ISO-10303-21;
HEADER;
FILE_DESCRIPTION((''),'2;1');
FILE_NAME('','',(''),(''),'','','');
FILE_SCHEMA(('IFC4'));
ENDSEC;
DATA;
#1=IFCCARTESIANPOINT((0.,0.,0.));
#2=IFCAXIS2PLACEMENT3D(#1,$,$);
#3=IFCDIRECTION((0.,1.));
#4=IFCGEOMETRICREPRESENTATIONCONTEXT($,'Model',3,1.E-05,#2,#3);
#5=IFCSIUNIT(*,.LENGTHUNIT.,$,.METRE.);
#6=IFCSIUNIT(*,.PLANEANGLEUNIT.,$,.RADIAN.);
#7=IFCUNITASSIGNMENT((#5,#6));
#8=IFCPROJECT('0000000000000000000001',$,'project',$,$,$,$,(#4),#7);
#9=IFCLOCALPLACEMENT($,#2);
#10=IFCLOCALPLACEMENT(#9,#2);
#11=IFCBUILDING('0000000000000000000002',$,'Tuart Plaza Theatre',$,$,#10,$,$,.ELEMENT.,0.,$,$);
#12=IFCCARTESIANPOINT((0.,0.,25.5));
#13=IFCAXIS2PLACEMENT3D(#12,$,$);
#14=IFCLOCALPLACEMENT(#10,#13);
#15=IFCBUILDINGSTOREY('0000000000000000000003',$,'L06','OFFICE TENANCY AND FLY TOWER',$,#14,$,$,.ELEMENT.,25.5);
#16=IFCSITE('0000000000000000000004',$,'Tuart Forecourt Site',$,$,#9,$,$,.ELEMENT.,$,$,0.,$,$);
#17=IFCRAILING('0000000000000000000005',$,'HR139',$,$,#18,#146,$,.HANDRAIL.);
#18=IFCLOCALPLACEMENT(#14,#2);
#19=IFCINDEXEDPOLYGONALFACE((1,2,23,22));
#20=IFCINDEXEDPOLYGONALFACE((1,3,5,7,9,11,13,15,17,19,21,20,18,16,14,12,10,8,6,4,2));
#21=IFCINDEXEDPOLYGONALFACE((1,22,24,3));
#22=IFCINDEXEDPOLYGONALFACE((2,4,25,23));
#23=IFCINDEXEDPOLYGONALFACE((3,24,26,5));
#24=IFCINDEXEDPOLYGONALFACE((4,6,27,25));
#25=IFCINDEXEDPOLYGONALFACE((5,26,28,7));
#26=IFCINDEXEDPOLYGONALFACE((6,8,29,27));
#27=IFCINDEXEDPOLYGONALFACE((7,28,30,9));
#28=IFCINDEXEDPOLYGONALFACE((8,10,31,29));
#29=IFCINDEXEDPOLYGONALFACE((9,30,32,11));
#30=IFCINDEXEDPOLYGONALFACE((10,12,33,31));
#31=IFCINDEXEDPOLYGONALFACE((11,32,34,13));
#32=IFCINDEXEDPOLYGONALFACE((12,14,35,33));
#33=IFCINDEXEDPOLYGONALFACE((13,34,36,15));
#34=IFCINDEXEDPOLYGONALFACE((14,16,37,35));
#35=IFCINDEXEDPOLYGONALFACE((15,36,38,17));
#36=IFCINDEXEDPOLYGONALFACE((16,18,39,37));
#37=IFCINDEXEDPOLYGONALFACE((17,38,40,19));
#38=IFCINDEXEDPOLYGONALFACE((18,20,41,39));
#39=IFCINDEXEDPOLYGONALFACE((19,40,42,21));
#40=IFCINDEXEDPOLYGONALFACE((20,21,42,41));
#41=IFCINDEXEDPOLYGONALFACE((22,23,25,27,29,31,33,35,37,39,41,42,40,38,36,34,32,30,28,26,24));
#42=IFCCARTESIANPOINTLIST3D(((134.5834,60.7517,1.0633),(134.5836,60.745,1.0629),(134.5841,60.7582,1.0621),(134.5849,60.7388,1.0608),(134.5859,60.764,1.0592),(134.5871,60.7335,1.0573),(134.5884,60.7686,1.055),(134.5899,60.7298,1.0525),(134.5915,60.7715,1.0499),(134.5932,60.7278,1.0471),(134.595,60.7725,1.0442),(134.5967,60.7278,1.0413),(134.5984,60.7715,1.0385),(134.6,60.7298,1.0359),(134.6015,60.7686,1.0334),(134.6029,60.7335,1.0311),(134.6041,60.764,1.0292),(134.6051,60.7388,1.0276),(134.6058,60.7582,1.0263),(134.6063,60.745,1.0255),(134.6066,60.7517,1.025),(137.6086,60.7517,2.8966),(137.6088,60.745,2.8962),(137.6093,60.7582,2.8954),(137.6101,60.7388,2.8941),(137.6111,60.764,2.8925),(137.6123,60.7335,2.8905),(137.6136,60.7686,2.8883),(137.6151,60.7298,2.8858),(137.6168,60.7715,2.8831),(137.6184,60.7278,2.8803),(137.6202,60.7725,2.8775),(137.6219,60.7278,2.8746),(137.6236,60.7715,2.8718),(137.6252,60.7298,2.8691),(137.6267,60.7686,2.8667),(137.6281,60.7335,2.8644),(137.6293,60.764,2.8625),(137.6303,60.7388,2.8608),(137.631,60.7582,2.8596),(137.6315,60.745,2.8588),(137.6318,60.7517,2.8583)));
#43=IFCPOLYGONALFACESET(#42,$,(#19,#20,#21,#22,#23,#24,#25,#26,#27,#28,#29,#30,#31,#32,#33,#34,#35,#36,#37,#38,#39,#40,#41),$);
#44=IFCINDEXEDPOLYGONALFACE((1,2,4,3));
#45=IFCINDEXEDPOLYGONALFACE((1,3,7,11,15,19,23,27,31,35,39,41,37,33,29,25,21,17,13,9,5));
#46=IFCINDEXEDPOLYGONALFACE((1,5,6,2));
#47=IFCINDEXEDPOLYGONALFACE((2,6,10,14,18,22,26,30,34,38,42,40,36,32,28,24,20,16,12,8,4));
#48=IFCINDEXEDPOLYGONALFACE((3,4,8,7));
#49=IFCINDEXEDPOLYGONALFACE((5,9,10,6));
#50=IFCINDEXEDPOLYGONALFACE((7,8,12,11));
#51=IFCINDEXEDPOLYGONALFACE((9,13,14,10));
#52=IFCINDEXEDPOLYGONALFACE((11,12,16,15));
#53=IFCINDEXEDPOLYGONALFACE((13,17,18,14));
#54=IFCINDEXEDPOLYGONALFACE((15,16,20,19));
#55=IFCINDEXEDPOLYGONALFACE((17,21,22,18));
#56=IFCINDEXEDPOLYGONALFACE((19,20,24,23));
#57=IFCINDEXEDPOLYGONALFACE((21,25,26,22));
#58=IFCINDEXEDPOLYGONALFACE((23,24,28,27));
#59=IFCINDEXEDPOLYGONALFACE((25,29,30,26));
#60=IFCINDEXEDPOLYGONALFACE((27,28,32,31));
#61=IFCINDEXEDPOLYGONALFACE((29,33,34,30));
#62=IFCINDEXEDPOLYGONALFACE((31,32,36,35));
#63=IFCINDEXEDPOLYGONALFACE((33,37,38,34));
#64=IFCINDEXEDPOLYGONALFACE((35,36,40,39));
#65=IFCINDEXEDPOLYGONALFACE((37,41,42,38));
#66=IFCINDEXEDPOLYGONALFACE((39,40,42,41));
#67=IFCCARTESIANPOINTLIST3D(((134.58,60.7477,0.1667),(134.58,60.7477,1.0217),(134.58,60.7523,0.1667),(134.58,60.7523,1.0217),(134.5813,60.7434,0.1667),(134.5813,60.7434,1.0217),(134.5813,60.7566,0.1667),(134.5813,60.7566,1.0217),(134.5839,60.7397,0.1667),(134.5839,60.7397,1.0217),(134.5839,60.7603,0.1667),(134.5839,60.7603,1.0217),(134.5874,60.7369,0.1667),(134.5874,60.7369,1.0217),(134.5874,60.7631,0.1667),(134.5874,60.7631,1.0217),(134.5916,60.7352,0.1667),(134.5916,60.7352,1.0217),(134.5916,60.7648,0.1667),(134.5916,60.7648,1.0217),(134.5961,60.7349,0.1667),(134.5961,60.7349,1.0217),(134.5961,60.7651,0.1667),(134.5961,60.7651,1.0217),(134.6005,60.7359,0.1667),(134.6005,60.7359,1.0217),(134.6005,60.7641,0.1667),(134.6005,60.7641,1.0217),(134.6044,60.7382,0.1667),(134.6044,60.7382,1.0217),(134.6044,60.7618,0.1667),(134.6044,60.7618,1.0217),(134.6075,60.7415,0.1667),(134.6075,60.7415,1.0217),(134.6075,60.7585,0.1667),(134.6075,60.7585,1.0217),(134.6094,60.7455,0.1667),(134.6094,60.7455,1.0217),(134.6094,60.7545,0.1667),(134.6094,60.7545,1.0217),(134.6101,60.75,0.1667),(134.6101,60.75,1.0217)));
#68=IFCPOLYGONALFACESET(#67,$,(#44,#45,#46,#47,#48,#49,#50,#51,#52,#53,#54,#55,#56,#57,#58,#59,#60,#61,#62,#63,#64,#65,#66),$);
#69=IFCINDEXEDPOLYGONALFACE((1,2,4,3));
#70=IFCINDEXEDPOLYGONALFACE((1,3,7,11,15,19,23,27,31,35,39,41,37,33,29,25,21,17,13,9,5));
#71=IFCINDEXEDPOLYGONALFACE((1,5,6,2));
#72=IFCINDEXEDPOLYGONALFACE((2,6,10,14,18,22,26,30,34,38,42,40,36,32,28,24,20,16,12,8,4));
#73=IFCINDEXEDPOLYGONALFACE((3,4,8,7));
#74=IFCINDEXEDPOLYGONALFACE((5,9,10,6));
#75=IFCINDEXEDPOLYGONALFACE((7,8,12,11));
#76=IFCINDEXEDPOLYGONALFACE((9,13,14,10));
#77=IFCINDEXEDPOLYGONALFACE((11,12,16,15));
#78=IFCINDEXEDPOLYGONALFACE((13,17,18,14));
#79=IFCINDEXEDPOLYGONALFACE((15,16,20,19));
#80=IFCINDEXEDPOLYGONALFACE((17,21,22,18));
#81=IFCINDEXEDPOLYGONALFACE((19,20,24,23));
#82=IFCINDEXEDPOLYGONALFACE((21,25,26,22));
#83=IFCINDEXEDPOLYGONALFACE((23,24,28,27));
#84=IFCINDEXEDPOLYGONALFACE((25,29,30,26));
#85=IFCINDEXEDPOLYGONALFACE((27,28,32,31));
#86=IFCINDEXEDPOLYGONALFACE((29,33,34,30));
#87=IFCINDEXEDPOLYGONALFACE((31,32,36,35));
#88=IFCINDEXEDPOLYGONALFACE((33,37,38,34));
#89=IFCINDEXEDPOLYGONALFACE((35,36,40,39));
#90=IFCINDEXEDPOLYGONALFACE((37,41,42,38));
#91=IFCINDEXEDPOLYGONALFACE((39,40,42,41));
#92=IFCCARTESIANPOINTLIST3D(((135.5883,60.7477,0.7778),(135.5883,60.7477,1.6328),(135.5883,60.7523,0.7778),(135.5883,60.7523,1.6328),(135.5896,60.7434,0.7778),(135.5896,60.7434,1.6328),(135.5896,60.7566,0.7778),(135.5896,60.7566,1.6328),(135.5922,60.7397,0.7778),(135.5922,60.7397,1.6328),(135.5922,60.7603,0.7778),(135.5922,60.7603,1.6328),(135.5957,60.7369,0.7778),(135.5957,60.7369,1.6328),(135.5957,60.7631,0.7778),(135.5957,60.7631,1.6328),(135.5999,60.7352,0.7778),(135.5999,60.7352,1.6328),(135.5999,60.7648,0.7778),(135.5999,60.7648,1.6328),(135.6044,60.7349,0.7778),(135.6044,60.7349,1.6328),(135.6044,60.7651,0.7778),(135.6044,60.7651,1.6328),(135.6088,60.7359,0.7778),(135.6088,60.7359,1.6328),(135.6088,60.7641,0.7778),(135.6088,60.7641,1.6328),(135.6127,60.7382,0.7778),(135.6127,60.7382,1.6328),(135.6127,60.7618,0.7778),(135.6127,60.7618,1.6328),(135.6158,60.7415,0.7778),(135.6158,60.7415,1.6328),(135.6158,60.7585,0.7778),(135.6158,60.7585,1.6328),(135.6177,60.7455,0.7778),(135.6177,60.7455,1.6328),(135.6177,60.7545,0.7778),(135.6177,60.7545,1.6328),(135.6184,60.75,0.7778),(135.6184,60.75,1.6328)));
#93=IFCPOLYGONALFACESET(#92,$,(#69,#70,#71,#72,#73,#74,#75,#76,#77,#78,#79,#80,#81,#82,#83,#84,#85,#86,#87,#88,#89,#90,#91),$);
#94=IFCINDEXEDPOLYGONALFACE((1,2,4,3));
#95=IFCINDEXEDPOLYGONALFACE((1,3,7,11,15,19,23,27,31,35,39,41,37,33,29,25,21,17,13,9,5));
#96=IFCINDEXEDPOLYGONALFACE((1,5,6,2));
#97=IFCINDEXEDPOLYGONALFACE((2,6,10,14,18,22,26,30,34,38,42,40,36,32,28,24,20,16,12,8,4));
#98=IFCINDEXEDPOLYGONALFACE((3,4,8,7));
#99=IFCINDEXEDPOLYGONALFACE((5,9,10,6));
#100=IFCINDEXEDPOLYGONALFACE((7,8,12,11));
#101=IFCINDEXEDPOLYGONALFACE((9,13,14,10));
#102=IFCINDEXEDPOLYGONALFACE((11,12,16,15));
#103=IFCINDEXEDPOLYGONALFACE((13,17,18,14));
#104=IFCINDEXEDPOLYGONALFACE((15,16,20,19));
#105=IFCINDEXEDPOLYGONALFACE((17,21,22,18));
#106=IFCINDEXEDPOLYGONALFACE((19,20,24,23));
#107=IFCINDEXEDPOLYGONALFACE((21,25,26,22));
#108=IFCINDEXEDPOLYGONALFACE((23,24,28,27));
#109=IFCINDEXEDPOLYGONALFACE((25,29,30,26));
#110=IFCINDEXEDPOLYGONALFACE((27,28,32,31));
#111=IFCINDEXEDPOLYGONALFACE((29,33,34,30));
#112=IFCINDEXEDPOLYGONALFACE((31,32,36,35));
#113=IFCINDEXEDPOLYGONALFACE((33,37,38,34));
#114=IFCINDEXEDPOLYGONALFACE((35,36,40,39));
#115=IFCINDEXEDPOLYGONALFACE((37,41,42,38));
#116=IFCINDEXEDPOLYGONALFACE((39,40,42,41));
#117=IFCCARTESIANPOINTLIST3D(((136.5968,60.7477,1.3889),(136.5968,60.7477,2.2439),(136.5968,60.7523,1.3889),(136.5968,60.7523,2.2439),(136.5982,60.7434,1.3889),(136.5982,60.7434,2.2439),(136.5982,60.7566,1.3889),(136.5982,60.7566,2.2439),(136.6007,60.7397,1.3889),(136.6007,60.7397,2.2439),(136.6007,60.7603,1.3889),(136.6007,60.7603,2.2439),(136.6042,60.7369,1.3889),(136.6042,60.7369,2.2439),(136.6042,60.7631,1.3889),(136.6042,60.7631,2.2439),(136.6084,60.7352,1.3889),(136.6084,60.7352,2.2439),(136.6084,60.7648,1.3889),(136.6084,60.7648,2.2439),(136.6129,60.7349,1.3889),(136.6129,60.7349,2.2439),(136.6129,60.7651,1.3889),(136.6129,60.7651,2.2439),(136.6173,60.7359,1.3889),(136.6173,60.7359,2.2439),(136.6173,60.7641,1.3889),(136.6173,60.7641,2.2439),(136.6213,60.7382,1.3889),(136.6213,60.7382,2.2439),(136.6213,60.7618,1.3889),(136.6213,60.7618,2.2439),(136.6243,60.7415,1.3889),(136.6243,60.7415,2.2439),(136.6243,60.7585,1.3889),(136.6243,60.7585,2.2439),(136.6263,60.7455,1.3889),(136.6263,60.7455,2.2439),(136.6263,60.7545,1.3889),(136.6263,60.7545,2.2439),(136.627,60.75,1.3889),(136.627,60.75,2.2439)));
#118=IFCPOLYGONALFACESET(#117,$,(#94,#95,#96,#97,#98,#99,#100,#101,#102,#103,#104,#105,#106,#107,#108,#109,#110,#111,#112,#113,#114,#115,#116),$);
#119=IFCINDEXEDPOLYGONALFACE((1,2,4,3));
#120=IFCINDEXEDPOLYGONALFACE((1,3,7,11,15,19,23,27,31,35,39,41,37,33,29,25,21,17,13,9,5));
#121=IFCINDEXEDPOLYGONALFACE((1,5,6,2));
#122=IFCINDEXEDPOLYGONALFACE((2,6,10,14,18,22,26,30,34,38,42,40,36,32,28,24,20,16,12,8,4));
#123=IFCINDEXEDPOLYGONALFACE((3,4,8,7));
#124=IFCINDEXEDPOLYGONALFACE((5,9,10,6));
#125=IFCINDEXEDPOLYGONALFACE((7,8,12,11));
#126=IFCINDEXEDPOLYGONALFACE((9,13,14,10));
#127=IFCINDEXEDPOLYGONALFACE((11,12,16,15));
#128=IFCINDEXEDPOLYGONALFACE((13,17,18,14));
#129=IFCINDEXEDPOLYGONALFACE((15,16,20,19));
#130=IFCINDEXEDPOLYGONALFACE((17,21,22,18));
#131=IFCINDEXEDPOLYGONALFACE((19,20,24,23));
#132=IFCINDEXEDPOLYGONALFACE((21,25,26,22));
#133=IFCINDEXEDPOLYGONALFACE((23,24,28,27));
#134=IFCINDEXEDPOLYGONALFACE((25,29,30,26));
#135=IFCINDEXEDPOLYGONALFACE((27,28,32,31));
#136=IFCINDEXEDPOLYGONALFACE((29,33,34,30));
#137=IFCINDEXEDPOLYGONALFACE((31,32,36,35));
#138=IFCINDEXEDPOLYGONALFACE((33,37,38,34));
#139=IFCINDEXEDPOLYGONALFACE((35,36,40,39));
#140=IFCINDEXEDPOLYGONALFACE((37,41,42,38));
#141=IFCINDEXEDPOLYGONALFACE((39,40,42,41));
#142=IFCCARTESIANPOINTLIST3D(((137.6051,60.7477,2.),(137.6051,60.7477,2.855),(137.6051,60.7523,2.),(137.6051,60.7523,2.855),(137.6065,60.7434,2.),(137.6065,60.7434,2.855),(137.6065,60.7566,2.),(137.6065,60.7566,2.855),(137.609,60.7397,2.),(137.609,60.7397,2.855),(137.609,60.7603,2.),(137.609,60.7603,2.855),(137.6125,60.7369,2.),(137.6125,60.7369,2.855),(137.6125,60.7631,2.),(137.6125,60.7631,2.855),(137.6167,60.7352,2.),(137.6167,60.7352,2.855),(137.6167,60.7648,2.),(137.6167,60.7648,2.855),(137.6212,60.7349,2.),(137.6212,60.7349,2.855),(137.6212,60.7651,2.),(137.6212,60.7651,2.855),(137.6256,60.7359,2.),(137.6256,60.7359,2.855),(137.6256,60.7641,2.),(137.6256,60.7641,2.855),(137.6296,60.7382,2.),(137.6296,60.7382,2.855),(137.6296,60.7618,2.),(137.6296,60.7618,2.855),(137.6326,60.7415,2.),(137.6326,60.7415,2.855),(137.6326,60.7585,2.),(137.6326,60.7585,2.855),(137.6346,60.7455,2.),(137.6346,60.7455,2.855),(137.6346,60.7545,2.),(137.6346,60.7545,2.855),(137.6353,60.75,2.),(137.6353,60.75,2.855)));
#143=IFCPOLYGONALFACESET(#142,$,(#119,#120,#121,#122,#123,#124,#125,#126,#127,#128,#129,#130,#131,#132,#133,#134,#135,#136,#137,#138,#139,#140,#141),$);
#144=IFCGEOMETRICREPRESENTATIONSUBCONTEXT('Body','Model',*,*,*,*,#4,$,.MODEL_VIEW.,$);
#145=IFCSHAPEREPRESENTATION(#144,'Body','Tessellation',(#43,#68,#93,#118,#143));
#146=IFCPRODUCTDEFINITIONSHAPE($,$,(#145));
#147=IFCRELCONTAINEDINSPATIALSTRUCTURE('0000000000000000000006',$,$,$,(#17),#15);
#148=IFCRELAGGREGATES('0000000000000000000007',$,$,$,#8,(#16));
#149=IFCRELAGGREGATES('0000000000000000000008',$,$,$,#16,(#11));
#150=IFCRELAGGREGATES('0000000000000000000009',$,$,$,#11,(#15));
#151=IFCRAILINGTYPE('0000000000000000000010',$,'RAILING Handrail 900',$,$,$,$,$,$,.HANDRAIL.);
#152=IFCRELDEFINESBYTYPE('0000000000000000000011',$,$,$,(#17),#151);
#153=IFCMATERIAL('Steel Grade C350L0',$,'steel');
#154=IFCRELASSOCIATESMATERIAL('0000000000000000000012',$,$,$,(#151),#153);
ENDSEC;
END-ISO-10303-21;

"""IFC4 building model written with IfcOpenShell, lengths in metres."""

from ifc_helpers import new_model, si_unit, direction, frame, origin, origin_2d, place, context, subcontext, project, spatial, circle, extrude, material, type_object, element, save


model = new_model("IFC4")

# Units and contexts
model_context = context("Model", 3, precision=1e-05, world=origin(), true_north=direction((0.0, 1.0)))
body_context = subcontext(model_context, "Body", "Model", "MODEL_VIEW")
ifc_project = project(units=[si_unit("LENGTHUNIT", "METRE"), si_unit("PLANEANGLEUNIT", "RADIAN")], contexts=[model_context])

# Site, building, storey
site_placement = place(None, origin())
site = spatial("IfcSite", under=ifc_project, at=site_placement, Name="Tuart Forecourt Site", CompositionType="ELEMENT", RefElevation=0.0)
building_placement = place(site_placement, origin())
building = spatial("IfcBuilding", under=site, at=building_placement, Name="Tuart Plaza Theatre", CompositionType="ELEMENT", ElevationOfRefHeight=0.0)
storey_placement = place(building_placement, frame((0.0, 0.0, 25.5)))
storey = spatial("IfcBuildingStorey", under=building, at=storey_placement, Name="L06", Description="OFFICE TENANCY AND FLY TOWER", CompositionType="ELEMENT", Elevation=25.5)

# Railing
ifc_material_1 = material(Name="Steel Grade C350L0", Category="steel")
railing_type_1 = type_object("IfcRailingType", Name="RAILING Handrail 900", PredefinedType="HANDRAIL", material=ifc_material_1)
for number, where, name in (
    (1, (134.595, 60.75, 0.1667), "HR139"),
):
    element("IfcRailing", number, at=place(storey_placement, frame(where)), inside=storey, type_object=railing_type_1, Name=name, PredefinedType="HANDRAIL", context=body_context, shape_type="SweptSolid", body=[
        extrude(circle(Radius=0.0225, at=origin_2d()), frame((0.0, 0.0, 0.8774), z_axis=(0.855219, 0.0, 0.518267), x_axis=(0.0, 1.0, 0.0)), (0.0, 0.0, 1.0), 3.5374),
        extrude(circle(Radius=0.0151, at=origin_2d()), origin(), (0.0, 0.0, 1.0), 0.855),
        extrude(circle(Radius=0.0151, at=origin_2d()), frame((1.0083, 0.0, 0.6111)), (0.0, 0.0, 1.0), 0.855),
        extrude(circle(Radius=0.0151, at=origin_2d()), frame((2.0168, 0.0, 1.2222)), (0.0, 0.0, 1.0), 0.855),
        extrude(circle(Radius=0.0151, at=origin_2d()), frame((3.0251, 0.0, 1.8333)), (0.0, 0.0, 1.0), 0.855),
    ])

save(model, "model.ifc")
